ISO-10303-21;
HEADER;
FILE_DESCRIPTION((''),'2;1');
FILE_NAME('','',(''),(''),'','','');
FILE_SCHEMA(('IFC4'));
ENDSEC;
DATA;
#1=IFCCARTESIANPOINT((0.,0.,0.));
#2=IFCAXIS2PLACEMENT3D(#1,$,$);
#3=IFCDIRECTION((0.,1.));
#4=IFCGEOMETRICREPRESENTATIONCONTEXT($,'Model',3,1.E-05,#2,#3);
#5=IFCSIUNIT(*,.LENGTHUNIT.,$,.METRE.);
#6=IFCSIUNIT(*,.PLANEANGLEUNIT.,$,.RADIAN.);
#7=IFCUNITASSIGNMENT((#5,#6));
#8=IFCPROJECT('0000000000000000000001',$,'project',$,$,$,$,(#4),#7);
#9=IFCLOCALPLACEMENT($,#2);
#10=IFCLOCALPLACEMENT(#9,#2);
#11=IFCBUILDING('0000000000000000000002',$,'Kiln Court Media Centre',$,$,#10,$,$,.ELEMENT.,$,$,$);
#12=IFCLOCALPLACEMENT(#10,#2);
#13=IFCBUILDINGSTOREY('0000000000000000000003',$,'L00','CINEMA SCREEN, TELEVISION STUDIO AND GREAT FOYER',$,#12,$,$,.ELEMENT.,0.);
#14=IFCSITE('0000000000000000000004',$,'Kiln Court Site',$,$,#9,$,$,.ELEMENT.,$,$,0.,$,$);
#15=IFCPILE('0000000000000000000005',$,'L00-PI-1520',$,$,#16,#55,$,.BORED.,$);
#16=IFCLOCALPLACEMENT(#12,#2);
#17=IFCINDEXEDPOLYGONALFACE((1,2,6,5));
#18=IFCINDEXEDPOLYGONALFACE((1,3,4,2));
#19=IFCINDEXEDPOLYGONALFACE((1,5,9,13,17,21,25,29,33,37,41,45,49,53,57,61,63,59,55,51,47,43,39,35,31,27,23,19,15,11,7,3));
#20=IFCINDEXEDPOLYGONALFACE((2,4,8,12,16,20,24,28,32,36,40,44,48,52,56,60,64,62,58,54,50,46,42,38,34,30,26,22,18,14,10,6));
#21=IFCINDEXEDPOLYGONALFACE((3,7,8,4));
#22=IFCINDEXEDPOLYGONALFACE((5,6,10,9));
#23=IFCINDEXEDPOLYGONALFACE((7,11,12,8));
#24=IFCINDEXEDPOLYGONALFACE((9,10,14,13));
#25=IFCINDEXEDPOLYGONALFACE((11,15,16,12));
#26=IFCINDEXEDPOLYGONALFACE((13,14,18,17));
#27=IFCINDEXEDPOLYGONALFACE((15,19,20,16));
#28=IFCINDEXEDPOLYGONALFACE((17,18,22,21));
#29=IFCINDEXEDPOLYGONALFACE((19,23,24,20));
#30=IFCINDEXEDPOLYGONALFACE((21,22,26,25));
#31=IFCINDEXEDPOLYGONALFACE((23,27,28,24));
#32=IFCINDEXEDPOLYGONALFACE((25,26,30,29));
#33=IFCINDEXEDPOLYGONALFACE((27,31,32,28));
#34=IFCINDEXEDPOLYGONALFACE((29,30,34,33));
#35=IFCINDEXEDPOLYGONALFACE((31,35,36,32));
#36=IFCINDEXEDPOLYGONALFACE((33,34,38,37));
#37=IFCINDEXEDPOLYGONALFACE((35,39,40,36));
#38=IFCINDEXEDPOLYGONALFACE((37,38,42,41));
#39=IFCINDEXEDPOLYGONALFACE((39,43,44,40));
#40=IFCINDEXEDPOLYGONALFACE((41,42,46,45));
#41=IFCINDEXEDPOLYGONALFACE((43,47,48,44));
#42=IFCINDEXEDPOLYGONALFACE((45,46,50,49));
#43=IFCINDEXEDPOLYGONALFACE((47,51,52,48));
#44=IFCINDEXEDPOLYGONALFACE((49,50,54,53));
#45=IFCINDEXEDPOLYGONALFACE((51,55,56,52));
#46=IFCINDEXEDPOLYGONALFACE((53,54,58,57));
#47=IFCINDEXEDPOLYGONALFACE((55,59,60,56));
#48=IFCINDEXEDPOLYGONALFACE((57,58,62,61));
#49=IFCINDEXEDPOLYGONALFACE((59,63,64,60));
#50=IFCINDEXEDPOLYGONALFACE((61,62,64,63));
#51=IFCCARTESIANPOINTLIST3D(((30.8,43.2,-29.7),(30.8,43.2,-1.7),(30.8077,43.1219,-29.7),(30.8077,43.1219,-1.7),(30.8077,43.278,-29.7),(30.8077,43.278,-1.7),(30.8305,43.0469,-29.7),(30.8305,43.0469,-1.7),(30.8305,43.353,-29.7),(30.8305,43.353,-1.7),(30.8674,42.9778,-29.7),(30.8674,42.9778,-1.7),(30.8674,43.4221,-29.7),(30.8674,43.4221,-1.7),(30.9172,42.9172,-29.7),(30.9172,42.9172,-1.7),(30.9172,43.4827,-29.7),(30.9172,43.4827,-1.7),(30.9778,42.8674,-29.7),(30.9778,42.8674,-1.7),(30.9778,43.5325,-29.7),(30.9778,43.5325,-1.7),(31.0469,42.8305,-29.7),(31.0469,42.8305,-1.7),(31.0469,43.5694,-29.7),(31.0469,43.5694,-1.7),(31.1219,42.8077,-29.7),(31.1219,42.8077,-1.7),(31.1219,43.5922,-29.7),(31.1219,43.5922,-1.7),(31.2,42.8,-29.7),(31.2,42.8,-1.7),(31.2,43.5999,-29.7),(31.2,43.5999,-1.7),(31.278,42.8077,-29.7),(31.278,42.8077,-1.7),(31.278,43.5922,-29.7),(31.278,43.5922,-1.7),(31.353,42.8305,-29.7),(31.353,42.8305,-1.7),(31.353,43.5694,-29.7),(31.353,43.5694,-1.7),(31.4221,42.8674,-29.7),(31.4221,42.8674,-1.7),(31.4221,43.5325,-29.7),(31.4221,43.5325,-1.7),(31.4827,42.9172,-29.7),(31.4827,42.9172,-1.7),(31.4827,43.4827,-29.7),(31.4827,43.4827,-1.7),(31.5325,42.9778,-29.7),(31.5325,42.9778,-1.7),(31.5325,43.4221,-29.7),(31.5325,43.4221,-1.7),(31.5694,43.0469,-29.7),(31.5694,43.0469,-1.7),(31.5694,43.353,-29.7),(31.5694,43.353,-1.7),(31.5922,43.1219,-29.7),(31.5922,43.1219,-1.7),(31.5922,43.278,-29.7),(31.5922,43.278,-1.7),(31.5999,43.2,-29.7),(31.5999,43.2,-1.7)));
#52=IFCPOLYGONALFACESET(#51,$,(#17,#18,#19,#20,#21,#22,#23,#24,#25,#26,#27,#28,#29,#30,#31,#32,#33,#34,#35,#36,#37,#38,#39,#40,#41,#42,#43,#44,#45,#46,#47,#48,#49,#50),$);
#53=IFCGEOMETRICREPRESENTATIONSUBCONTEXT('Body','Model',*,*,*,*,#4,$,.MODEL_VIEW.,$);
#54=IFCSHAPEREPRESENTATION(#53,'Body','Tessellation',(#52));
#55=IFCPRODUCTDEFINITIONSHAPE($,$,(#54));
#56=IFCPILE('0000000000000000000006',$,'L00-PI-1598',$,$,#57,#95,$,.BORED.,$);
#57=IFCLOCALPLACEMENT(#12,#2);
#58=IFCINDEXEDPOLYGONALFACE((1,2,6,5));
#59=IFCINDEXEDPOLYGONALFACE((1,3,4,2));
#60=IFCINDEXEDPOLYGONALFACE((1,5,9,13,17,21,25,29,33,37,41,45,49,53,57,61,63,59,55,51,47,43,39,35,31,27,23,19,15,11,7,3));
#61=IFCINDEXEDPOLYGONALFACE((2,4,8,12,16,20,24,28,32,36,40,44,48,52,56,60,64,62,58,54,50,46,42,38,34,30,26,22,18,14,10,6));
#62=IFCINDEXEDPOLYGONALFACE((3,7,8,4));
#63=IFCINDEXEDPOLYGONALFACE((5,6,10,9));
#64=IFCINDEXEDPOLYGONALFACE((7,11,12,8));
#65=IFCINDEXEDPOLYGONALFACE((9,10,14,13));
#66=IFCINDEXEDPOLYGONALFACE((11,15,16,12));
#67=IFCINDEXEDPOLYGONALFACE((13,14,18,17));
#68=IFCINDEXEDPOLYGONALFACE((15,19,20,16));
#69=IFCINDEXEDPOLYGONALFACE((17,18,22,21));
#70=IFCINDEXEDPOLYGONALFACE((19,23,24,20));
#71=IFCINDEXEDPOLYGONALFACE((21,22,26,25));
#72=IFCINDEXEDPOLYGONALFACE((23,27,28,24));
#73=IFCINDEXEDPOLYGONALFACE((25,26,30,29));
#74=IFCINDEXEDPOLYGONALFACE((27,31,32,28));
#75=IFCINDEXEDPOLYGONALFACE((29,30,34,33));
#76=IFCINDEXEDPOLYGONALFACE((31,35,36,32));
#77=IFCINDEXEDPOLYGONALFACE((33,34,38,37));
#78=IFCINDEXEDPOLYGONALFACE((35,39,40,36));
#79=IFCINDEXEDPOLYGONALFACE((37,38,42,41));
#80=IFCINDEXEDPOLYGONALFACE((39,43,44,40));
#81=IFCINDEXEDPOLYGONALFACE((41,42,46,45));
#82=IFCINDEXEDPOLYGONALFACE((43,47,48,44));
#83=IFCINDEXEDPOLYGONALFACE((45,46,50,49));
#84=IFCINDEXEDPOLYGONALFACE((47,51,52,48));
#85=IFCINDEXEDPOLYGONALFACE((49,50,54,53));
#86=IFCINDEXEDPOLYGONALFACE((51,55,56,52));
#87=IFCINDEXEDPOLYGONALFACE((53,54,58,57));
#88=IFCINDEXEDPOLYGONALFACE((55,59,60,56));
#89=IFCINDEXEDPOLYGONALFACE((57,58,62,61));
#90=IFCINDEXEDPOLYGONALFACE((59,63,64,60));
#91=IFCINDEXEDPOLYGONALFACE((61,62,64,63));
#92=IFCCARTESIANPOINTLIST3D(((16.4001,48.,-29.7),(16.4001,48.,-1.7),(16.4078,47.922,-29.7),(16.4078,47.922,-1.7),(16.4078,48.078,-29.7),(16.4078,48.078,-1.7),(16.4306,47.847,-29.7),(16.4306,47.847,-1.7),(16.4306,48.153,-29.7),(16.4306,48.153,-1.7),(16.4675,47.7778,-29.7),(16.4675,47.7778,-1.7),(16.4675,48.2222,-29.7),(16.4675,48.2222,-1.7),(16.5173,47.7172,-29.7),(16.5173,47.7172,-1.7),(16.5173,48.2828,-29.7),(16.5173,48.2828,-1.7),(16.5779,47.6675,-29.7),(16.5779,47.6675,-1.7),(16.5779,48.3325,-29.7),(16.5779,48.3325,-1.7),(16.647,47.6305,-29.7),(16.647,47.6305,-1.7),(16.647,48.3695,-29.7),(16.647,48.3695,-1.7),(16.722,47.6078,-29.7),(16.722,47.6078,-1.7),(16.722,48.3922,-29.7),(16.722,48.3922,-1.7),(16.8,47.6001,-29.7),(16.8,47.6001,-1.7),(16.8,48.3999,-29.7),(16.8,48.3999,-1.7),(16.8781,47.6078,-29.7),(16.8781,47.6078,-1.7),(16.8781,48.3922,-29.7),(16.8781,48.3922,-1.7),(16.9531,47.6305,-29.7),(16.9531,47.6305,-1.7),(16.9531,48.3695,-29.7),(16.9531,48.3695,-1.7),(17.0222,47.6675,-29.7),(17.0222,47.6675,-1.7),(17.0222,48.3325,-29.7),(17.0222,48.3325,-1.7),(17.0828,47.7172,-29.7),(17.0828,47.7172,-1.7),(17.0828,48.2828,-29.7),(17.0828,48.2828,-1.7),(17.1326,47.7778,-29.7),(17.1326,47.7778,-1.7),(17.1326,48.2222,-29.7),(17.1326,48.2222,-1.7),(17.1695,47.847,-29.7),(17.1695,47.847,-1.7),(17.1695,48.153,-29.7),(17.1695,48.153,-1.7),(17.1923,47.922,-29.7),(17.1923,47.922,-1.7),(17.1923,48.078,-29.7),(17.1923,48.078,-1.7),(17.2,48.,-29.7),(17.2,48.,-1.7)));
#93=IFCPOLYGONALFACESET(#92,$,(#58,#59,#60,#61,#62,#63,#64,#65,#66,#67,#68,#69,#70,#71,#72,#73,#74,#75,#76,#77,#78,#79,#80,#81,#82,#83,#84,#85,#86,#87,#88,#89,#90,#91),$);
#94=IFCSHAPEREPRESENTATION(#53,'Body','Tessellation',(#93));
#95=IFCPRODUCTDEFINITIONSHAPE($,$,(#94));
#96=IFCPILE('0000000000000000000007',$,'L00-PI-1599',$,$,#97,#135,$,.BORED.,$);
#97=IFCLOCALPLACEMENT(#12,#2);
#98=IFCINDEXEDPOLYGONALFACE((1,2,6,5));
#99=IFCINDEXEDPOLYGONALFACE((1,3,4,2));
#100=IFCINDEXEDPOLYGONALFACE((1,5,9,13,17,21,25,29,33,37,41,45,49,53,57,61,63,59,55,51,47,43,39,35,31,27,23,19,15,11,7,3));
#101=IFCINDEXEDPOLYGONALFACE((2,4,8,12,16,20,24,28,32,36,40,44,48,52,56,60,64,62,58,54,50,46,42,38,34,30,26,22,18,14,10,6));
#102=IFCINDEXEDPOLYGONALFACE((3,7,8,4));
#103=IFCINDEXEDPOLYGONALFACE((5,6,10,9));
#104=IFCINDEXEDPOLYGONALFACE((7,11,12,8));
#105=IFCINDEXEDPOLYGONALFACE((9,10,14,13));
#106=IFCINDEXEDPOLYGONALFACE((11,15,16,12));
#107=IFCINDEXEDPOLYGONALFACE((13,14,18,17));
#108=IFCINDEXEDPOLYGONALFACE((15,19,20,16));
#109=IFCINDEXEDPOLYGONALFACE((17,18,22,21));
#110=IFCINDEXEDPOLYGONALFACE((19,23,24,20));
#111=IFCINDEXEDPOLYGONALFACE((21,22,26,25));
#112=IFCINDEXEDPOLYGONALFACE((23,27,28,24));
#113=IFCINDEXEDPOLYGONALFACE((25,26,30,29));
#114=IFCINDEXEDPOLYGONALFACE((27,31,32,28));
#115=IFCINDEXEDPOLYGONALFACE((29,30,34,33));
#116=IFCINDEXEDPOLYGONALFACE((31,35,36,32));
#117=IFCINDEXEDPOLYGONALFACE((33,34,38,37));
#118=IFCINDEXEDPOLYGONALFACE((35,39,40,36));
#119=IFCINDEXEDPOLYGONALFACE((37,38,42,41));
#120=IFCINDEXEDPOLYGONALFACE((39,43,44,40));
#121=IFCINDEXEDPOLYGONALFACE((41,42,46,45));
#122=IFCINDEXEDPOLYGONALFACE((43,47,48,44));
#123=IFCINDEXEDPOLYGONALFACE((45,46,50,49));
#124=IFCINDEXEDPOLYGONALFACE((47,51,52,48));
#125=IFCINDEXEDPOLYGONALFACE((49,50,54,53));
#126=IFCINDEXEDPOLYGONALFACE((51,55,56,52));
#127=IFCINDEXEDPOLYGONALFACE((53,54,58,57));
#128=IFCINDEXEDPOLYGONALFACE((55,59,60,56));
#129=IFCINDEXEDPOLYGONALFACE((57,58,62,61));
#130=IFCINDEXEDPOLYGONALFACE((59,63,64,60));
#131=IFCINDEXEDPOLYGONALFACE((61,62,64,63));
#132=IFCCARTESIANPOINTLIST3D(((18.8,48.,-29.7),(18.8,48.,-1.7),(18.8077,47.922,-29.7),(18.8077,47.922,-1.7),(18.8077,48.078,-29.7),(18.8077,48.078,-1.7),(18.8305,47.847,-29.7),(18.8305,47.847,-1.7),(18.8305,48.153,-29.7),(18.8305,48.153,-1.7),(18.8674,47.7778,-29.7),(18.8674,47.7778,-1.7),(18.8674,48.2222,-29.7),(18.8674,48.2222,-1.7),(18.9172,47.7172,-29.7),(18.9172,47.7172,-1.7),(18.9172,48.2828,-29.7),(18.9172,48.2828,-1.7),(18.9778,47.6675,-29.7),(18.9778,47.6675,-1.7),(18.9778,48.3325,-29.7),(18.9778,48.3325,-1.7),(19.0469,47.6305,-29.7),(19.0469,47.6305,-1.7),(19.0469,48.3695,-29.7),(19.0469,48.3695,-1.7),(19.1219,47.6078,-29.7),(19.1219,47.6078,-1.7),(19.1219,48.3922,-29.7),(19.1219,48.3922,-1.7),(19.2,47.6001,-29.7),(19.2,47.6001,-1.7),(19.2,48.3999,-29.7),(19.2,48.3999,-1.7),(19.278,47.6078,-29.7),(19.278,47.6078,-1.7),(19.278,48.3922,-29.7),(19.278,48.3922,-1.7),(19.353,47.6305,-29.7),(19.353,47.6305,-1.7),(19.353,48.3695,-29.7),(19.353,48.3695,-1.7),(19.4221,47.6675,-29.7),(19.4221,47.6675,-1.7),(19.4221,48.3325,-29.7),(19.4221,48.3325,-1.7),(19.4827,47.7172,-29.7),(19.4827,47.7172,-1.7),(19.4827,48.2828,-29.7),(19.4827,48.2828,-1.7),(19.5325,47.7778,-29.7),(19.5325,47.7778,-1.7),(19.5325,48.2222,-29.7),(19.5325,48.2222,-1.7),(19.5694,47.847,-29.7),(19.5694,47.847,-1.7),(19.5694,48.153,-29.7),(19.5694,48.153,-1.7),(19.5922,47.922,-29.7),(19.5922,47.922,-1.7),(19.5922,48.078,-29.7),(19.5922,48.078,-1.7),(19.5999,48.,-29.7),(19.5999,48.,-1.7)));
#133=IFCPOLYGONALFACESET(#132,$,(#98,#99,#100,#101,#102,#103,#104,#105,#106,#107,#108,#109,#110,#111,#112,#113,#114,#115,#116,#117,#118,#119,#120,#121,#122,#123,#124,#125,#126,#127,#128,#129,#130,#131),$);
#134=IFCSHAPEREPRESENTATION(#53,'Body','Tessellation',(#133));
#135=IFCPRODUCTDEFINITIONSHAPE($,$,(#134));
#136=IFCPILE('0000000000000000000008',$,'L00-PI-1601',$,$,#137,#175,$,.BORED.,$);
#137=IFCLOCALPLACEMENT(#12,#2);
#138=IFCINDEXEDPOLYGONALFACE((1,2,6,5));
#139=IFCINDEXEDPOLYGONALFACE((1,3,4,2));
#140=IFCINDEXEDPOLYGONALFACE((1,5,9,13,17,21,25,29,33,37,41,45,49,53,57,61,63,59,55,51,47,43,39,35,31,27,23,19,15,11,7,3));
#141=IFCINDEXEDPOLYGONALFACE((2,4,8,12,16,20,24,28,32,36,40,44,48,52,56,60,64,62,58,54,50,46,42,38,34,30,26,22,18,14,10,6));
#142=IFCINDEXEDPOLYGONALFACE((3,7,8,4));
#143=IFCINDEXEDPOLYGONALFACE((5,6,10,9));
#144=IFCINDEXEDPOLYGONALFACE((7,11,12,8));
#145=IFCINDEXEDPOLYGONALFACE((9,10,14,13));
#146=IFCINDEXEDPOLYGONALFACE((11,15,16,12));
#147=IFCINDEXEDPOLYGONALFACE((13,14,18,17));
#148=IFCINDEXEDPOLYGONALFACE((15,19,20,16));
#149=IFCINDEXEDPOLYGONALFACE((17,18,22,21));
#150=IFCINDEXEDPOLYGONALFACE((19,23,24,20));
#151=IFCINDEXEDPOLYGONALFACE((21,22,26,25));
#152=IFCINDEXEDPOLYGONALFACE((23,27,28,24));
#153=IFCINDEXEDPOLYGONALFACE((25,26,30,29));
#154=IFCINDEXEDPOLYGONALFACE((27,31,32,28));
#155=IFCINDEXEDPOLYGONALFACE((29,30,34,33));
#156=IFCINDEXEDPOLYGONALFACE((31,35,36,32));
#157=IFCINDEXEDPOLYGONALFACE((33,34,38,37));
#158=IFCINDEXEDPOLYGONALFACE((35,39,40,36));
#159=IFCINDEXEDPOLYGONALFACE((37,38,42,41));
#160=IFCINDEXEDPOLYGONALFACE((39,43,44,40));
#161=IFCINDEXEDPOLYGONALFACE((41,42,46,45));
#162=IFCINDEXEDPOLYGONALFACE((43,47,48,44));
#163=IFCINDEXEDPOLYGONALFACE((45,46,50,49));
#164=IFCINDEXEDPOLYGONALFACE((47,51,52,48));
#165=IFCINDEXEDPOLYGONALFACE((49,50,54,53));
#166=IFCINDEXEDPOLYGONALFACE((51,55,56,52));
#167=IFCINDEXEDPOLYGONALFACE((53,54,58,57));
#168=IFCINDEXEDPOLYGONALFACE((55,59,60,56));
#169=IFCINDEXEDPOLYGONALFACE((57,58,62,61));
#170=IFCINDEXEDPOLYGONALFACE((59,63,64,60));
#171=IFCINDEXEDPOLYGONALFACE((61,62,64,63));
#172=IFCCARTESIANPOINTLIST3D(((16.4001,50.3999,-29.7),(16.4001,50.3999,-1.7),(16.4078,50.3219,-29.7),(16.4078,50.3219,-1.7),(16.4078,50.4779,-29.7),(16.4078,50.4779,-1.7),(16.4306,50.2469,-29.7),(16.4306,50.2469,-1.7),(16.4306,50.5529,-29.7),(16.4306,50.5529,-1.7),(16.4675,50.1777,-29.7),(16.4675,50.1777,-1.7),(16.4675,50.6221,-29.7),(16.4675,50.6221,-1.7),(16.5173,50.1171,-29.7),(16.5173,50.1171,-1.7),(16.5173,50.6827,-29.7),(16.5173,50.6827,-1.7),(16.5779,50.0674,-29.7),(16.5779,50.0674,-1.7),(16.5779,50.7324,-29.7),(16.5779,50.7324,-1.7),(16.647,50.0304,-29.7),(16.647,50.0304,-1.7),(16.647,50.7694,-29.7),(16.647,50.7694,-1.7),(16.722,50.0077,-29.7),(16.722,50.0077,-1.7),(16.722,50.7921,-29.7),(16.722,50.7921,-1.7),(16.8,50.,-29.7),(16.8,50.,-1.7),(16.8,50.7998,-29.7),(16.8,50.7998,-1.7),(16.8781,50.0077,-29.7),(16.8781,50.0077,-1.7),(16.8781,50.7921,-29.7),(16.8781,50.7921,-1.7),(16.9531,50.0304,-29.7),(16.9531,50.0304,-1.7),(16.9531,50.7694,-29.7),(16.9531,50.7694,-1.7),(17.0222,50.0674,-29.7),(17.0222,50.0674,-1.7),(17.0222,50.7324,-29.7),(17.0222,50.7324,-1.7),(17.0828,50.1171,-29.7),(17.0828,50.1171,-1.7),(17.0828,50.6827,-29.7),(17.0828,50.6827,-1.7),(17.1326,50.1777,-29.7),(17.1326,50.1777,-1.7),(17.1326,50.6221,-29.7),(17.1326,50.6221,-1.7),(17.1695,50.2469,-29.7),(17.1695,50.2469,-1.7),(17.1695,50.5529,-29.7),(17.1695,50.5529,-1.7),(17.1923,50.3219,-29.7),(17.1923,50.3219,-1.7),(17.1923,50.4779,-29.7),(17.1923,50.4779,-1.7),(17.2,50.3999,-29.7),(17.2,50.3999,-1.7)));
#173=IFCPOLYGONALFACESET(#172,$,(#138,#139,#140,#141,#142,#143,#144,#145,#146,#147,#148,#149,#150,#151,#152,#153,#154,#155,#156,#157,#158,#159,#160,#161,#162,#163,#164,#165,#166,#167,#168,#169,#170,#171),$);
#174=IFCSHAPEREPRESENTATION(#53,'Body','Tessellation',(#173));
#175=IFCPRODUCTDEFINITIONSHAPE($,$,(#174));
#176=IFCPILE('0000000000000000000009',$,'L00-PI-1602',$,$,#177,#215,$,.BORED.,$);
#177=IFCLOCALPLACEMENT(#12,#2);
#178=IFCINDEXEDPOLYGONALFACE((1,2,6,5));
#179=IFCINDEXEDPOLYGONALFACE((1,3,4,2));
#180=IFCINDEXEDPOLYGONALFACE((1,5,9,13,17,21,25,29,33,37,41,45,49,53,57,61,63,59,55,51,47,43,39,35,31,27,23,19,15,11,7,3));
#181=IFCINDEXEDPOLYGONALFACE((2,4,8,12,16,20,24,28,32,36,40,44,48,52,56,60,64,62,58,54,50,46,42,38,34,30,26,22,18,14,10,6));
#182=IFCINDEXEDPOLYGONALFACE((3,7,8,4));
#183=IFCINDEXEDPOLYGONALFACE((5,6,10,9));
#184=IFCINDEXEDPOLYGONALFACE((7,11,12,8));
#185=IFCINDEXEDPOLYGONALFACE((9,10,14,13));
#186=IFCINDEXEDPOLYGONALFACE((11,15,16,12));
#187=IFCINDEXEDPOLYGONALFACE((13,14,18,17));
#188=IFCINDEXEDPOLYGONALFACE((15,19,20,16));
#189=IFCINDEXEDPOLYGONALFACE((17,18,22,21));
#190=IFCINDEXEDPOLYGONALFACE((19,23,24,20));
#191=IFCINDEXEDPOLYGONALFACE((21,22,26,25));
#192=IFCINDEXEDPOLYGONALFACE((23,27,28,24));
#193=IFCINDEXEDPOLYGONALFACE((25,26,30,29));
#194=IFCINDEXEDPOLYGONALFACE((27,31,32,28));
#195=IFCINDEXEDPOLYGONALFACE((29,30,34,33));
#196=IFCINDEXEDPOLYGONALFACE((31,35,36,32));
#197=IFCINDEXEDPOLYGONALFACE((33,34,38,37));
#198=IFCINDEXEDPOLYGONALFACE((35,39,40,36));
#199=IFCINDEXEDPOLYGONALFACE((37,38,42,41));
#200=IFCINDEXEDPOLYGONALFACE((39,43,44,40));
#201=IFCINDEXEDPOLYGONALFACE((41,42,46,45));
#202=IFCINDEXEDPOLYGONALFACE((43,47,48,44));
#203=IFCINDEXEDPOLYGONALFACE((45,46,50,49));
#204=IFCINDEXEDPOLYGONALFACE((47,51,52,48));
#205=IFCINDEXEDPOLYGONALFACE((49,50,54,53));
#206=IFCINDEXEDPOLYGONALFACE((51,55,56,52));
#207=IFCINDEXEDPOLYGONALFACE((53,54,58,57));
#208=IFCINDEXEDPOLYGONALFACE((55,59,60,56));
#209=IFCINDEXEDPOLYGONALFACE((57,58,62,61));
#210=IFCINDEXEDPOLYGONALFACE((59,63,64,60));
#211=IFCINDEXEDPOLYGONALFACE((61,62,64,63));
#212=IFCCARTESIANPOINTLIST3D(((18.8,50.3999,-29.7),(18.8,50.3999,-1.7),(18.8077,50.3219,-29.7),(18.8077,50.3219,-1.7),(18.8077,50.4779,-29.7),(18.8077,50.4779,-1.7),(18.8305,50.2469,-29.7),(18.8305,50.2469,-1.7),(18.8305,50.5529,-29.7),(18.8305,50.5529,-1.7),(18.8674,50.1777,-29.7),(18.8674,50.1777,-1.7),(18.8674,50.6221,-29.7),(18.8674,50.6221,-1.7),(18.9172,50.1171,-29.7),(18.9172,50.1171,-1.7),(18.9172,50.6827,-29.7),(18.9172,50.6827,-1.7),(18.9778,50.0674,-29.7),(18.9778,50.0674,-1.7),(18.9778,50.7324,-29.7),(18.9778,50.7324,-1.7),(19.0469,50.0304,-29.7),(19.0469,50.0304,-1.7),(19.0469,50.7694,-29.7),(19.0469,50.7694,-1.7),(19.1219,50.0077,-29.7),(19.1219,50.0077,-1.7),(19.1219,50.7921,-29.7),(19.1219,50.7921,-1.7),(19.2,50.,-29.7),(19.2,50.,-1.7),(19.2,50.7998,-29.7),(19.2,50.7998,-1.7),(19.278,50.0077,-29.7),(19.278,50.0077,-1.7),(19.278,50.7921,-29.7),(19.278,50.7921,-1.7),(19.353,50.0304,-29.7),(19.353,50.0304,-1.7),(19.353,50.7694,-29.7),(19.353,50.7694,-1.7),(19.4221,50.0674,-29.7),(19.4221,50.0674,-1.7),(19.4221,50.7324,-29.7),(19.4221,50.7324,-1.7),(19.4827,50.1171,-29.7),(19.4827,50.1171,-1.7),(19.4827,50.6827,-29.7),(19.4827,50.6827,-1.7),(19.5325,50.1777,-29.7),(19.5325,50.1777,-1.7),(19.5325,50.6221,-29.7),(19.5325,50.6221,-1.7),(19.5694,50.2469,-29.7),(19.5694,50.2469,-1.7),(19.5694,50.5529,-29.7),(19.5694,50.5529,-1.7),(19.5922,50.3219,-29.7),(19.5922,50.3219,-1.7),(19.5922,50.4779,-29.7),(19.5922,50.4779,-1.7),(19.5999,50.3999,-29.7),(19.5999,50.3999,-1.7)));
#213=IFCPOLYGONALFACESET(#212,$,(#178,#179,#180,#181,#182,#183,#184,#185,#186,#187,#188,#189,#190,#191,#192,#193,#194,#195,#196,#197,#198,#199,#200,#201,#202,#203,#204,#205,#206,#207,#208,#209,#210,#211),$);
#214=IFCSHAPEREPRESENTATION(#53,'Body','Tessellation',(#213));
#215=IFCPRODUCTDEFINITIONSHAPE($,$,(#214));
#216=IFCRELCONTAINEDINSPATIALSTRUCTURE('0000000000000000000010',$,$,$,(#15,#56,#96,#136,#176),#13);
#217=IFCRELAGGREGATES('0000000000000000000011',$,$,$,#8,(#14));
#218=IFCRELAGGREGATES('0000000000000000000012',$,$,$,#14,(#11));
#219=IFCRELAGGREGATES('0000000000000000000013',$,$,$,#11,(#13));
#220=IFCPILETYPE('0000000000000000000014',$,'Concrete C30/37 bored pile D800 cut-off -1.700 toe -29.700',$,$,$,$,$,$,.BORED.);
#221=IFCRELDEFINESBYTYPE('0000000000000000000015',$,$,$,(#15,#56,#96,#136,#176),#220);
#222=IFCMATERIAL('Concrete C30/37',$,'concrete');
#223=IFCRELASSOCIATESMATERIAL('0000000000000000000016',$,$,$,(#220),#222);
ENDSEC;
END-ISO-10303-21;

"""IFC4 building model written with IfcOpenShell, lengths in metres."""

from ifc_helpers import new_model, si_unit, direction, frame, origin, origin_2d, place, context, subcontext, project, spatial, circle, extrude, material, material_profile, profile_set, type_object, element, save


model = new_model("IFC4")

# Units and contexts
model_context = context("Model", 3, precision=1e-05, world=origin(), true_north=direction((0.0, 1.0)))
body_context = subcontext(model_context, "Body", "Model", "MODEL_VIEW")
ifc_project = project(units=[si_unit("LENGTHUNIT", "METRE"), si_unit("PLANEANGLEUNIT", "RADIAN")], contexts=[model_context])

# Site, building, storey
site_placement = place(None, origin())
site = spatial("IfcSite", under=ifc_project, at=site_placement, Name="Kiln Court Site", CompositionType="ELEMENT", RefElevation=0.0)
building_placement = place(site_placement, origin())
building = spatial("IfcBuilding", under=site, at=building_placement, Name="Kiln Court Media Centre", CompositionType="ELEMENT")
storey_placement = place(building_placement, origin())
storey = spatial("IfcBuildingStorey", under=building, at=storey_placement, Name="L00", Description="CINEMA SCREEN, TELEVISION STUDIO AND GREAT FOYER", CompositionType="ELEMENT", Elevation=0.0)

# Piles
ifc_material_1 = material(Name="Concrete C30/37", Category="concrete")
ifc_material_profile_1 = material_profile(ifc_material_1, circle(Radius=0.3999, at=origin_2d()), Name="PILE D800")
ifc_profile_set_1 = profile_set([ifc_material_profile_1], Name="Concrete C30/37")
pile_type_1 = type_object("IfcPileType", Name="Concrete C30/37 bored pile D800 cut-off -1.700 toe -29.700", PredefinedType="BORED", material=ifc_profile_set_1)
for number, where, z_axis, x_axis, name in (
    (1, (31.2, 43.2, -1.7), (0.0, 0.0, -1.0), (1.0, 0.0, 0.0), "L00-PI-1520"),
    (2, (16.8, 48.0, -1.7), (0.0, 0.0, -1.0), (1.0, 0.0, 0.0), "L00-PI-1598"),
    (3, (19.2, 48.0, -1.7), (0.0, 0.0, -1.0), (1.0, 0.0, 0.0), "L00-PI-1599"),
    (4, (16.8, 50.3999, -1.7), (0.0, 0.0, -1.0), (1.0, 0.0, 0.0), "L00-PI-1601"),
    (5, (19.2, 50.3999, -1.7), (0.0, 0.0, -1.0), (1.0, 0.0, 0.0), "L00-PI-1602"),
):
    element("IfcPile", number, at=place(storey_placement, frame(where, z_axis=z_axis, x_axis=x_axis)), inside=storey, type_object=pile_type_1, Name=name, PredefinedType="BORED", context=body_context, shape_type="SweptSolid", body=[
        extrude(circle(Radius=0.3999, at=origin_2d()), origin(), (0.0, 0.0, 1.0), 28.0),
    ])

save(model, "model.ifc")
